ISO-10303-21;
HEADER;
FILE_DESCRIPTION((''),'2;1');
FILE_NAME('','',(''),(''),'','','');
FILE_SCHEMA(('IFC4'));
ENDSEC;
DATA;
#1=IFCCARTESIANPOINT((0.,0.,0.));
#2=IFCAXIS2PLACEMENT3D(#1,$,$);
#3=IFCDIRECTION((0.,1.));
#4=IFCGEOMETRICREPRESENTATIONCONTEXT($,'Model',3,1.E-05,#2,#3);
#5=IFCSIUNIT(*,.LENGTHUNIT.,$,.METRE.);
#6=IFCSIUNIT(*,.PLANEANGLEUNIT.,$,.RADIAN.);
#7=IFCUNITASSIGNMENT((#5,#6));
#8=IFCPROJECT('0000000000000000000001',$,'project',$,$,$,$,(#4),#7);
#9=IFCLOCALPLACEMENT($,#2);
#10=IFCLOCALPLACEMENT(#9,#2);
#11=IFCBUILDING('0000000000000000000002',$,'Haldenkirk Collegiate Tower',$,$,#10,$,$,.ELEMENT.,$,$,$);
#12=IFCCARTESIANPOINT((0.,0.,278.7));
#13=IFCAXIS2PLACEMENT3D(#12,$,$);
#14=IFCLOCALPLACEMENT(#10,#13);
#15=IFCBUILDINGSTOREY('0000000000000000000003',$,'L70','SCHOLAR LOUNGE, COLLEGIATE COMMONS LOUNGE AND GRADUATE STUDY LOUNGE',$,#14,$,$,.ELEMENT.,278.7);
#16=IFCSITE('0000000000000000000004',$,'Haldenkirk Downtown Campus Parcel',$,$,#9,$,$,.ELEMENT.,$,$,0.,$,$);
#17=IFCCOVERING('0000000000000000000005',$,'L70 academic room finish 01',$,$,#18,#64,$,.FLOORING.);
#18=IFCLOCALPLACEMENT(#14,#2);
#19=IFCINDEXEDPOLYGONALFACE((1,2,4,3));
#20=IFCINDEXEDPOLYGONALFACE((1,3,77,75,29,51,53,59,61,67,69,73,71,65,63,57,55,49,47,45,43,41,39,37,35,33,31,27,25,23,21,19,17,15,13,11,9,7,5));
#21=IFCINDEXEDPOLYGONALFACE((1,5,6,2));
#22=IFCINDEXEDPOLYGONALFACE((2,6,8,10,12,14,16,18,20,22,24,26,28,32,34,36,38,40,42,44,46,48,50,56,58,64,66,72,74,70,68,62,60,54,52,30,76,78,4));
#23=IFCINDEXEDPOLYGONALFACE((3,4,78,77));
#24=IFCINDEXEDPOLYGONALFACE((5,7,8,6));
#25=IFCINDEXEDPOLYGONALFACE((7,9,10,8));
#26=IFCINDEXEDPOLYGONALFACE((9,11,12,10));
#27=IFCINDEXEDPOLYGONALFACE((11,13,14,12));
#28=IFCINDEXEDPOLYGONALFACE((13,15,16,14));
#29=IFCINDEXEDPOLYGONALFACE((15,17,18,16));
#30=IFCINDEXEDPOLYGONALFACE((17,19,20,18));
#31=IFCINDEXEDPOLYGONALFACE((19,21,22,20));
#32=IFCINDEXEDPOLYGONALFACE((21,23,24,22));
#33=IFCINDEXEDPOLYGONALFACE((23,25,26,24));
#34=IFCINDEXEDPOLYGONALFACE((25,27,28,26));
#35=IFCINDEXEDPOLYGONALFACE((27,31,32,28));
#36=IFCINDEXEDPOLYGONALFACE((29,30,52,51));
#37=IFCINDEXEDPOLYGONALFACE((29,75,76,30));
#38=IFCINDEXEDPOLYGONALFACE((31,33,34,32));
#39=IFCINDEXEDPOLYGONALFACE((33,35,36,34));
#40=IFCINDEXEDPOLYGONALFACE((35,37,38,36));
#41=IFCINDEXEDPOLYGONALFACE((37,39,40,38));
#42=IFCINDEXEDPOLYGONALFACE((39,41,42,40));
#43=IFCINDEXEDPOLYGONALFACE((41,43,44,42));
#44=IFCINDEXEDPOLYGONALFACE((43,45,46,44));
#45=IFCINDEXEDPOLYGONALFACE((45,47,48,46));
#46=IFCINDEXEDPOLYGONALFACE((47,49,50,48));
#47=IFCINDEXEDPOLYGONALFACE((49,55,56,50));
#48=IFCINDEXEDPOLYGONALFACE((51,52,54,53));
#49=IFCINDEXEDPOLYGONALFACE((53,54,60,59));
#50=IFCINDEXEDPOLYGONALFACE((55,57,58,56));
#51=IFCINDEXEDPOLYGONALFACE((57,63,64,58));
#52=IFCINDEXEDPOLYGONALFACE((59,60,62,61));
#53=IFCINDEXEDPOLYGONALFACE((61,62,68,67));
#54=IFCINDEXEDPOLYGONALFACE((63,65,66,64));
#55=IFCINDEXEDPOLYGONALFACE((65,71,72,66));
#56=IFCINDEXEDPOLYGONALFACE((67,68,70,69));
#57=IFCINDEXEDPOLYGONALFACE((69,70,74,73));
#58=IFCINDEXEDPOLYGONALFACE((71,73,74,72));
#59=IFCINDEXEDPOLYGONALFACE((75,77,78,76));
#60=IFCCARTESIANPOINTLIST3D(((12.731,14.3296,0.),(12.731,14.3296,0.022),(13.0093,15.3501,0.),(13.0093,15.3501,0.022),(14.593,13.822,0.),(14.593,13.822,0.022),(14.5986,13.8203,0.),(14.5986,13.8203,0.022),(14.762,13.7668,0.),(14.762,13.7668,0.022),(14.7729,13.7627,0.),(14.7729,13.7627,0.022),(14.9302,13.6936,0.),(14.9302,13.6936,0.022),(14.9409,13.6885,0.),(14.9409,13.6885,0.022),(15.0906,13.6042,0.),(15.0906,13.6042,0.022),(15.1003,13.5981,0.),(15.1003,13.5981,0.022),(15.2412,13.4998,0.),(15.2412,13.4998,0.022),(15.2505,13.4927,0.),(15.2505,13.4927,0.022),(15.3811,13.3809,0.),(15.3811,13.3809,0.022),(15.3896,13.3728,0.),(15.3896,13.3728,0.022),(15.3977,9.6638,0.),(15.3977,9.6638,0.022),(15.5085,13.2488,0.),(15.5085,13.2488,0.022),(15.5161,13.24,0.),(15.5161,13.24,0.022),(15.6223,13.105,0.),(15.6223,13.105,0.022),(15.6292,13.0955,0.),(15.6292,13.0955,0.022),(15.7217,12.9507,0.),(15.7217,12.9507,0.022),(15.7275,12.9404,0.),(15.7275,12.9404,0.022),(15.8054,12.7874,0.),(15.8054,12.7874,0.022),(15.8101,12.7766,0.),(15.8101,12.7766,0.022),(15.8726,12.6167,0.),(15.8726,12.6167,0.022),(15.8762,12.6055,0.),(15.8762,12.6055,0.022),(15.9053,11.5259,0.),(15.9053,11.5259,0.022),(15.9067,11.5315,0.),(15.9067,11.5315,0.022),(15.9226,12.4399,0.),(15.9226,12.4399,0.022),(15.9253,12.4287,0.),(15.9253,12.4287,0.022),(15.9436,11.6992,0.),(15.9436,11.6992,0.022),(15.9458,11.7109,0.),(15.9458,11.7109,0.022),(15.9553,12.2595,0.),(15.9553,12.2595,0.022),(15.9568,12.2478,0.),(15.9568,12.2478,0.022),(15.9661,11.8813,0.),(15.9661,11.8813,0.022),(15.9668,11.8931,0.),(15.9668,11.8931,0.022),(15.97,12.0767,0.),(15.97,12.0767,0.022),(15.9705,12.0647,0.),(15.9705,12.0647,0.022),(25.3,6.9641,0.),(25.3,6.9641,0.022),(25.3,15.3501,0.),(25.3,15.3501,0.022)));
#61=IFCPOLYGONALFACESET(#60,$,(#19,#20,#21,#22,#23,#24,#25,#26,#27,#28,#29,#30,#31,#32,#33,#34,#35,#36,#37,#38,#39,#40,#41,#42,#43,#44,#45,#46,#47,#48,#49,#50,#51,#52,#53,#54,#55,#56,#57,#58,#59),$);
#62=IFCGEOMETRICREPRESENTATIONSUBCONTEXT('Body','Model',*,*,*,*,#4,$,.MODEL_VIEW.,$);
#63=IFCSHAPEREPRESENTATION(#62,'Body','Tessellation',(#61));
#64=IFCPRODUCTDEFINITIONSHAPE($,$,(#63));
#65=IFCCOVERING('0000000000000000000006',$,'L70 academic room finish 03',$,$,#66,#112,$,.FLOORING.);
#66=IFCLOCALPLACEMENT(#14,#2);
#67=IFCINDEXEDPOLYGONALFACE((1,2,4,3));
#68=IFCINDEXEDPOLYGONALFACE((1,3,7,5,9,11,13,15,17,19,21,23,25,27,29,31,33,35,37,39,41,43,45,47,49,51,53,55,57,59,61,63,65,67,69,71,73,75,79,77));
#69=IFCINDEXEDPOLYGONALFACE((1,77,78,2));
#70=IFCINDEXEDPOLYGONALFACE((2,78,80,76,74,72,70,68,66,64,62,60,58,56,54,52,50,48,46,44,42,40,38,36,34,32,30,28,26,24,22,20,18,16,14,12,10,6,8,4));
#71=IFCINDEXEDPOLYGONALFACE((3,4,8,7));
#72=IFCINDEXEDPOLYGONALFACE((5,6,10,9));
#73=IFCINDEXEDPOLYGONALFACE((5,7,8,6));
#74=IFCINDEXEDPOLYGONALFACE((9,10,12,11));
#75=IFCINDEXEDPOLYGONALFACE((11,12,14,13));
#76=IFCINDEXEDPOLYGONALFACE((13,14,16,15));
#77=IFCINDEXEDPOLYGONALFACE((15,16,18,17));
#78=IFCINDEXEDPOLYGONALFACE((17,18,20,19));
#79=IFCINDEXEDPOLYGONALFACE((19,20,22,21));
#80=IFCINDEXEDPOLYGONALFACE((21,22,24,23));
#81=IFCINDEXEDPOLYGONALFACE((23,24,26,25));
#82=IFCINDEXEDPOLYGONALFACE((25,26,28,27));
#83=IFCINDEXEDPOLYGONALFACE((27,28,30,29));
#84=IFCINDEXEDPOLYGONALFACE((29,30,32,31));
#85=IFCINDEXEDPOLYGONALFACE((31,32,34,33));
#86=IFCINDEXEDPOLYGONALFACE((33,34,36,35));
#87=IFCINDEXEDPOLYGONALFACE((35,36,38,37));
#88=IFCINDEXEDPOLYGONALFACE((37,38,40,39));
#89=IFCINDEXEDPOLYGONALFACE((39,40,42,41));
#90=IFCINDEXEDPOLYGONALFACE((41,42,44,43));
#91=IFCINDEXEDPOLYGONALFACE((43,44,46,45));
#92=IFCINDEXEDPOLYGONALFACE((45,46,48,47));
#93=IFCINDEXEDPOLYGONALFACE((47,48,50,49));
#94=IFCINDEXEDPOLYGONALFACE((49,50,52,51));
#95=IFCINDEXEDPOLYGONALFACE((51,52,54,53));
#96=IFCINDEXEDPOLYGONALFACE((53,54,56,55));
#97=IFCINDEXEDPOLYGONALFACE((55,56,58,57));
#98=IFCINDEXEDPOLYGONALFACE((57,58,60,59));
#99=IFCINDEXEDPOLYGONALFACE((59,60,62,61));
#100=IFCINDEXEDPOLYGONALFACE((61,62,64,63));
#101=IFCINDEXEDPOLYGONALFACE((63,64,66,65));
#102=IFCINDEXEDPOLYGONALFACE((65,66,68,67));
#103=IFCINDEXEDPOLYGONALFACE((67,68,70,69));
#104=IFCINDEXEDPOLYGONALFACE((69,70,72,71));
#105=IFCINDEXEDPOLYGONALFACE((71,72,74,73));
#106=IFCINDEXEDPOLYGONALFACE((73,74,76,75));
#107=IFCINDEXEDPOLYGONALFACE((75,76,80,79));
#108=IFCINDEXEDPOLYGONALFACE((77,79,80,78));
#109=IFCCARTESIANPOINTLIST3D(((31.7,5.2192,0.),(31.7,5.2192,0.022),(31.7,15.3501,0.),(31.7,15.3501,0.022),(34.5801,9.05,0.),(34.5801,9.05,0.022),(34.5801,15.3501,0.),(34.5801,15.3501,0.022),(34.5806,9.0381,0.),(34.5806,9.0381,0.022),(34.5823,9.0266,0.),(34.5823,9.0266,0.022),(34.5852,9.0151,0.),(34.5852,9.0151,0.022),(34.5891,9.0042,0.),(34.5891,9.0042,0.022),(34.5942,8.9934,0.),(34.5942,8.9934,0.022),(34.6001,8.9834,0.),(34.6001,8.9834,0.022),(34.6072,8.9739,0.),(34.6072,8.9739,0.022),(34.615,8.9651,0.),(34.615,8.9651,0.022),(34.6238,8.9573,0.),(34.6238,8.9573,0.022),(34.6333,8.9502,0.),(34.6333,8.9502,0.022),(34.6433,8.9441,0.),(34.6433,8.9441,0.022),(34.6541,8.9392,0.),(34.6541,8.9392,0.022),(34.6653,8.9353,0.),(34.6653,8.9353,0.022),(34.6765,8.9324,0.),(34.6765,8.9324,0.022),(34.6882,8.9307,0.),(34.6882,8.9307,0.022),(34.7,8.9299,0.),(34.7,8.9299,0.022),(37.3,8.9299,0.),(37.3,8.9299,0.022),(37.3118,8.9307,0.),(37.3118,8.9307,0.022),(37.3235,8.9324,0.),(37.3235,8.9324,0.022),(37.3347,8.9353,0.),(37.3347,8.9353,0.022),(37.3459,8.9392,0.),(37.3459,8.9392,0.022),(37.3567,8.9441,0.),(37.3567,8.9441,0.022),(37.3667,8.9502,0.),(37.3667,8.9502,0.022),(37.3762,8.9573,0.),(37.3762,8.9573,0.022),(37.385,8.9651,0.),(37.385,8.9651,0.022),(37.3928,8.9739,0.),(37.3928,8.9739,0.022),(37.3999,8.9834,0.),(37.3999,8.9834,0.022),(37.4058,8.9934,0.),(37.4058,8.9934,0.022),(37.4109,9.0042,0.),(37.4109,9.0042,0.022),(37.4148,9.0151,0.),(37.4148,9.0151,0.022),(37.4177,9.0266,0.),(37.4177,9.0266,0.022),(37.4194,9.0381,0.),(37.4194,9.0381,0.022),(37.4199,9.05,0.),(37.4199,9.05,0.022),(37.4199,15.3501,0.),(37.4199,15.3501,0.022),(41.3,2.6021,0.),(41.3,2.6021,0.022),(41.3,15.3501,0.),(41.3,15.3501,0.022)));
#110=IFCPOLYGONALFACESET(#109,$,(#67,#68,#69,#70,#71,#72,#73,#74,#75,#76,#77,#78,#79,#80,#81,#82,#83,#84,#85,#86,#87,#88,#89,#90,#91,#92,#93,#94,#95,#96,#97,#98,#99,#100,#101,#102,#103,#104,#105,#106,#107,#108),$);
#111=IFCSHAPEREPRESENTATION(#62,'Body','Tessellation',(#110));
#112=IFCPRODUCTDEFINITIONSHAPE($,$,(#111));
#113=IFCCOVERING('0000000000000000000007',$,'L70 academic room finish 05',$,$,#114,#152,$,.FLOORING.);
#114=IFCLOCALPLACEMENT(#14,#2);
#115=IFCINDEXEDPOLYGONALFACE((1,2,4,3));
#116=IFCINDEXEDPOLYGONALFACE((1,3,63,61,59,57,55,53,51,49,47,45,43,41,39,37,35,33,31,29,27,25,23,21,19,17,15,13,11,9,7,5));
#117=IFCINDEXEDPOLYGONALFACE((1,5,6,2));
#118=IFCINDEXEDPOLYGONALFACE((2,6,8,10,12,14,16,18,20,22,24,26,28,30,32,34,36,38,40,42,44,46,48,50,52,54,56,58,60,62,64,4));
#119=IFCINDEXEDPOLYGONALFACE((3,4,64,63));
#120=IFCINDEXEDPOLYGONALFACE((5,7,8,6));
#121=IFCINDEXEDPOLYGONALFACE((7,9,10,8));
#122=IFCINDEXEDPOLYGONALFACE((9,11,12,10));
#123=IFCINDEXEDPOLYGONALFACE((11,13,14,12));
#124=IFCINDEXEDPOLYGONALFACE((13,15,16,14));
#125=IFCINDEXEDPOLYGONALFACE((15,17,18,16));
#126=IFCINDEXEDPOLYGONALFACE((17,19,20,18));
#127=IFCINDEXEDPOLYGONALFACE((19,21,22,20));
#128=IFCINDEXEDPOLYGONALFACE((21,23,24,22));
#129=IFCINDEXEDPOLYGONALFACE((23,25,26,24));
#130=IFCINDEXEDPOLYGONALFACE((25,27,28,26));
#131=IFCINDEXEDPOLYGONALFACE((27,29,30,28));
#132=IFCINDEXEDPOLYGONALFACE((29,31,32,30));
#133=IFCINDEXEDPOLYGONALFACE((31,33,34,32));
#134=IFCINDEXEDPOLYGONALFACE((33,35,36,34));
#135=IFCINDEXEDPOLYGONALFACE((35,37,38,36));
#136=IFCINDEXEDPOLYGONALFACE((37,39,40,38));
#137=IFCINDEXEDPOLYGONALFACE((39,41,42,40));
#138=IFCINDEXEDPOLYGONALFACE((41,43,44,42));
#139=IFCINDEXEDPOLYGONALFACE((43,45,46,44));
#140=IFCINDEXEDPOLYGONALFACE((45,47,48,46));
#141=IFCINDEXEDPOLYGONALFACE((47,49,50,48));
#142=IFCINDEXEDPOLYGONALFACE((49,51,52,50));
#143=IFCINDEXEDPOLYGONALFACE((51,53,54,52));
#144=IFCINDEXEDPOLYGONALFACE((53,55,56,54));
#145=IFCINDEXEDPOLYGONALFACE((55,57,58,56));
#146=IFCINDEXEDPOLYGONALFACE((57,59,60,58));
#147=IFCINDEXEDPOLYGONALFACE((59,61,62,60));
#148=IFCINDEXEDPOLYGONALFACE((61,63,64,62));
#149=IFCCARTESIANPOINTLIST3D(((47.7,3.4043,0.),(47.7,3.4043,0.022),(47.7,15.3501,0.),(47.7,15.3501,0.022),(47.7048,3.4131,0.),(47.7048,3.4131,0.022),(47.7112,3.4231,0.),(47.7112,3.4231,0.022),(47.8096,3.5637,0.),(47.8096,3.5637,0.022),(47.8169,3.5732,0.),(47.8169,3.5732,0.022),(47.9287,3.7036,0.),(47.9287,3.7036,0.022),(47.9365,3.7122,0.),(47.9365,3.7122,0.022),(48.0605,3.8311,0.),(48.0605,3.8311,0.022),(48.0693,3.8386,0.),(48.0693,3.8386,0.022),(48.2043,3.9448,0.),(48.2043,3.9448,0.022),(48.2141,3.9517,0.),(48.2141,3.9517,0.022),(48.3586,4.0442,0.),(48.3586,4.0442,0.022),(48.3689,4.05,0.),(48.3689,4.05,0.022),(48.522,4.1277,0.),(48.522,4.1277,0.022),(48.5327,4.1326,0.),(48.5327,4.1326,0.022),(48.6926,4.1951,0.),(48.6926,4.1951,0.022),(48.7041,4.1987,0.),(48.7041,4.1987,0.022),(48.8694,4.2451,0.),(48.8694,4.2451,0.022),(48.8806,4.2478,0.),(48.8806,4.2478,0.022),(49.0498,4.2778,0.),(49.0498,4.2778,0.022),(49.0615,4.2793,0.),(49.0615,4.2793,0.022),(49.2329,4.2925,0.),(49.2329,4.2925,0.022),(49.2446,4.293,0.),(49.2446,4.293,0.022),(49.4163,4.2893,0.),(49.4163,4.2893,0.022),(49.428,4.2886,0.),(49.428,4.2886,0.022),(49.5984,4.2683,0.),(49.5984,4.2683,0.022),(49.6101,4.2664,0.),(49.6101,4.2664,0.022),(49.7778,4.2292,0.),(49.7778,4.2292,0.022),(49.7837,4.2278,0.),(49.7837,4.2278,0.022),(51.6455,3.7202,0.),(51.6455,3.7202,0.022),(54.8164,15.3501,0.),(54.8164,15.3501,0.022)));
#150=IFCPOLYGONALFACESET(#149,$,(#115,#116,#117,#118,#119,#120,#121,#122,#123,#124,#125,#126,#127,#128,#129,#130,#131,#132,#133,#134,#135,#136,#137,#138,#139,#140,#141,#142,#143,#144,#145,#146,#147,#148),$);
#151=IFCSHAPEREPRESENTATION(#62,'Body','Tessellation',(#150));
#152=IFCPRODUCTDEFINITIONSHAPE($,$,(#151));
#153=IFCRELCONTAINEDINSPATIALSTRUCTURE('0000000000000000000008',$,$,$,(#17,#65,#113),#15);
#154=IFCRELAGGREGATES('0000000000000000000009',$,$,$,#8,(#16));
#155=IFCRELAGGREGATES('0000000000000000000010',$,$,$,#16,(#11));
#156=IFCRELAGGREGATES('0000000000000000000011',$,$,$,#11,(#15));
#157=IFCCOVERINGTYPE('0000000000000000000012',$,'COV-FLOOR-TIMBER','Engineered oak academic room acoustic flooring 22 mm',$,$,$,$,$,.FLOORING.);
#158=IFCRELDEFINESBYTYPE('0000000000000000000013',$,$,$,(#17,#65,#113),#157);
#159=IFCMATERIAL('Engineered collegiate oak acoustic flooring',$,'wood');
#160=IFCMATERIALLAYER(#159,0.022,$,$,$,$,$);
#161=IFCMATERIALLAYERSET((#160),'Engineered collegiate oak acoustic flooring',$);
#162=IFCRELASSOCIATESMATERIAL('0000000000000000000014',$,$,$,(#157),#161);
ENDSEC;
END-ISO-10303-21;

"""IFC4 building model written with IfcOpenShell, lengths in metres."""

from ifc_helpers import new_model, si_unit, direction, frame, origin, place, context, subcontext, project, spatial, polyline, outline, extrude, material, layer, layer_set, type_object, element, save


model = new_model("IFC4")

# Units and contexts
model_context = context("Model", 3, precision=1e-05, world=origin(), true_north=direction((0.0, 1.0)))
body_context = subcontext(model_context, "Body", "Model", "MODEL_VIEW")
ifc_project = project(units=[si_unit("LENGTHUNIT", "METRE"), si_unit("PLANEANGLEUNIT", "RADIAN")], contexts=[model_context])

# Site, building, storey
site_placement = place(None, origin())
site = spatial("IfcSite", under=ifc_project, at=site_placement, Name="Haldenkirk Downtown Campus Parcel", CompositionType="ELEMENT", RefElevation=0.0)
building_placement = place(site_placement, origin())
building = spatial("IfcBuilding", under=site, at=building_placement, Name="Haldenkirk Collegiate Tower", CompositionType="ELEMENT")
storey_placement = place(building_placement, frame((0.0, 0.0, 278.7)))
storey = spatial("IfcBuildingStorey", under=building, at=storey_placement, Name="L70", Description="SCHOLAR LOUNGE, COLLEGIATE COMMONS LOUNGE AND GRADUATE STUDY LOUNGE", CompositionType="ELEMENT", Elevation=278.7)

# Coverings
ifc_material_1 = material(Name="Engineered collegiate oak acoustic flooring", Category="wood")
ifc_layer_1 = layer(ifc_material_1, 0.022)
ifc_layer_set_1 = layer_set([ifc_layer_1], Name="Engineered collegiate oak acoustic flooring")
covering_type_1 = type_object("IfcCoveringType", Name="COV-FLOOR-TIMBER", Description="Engineered oak academic room acoustic flooring 22 mm", PredefinedType="FLOORING", material=ifc_layer_set_1)
covering_1_placement = place(storey_placement, origin())
element("IfcCovering", 1, at=covering_1_placement, inside=storey, type_object=covering_type_1, Name="L70 academic room finish 01", PredefinedType="FLOORING", context=body_context, shape_type="SweptSolid", body=[
    extrude(outline(polyline([(15.3977, 9.6638), (15.9053, 11.5259), (15.9067, 11.5315), (15.9436, 11.6992), (15.9458, 11.7109), (15.9661, 11.8813), (15.9668, 11.8931), (15.9705, 12.0647), (15.97, 12.0767), (15.9568, 12.2478), (15.9553, 12.2595), (15.9253, 12.4287), (15.9226, 12.4399), (15.8762, 12.6055), (15.8726, 12.6167), (15.8101, 12.7766), (15.8054, 12.7874), (15.7275, 12.9404), (15.7217, 12.9507), (15.6292, 13.0955), (15.6223, 13.105), (15.5161, 13.24), (15.5085, 13.2488), (15.3896, 13.3728), (15.3811, 13.3809), (15.2505, 13.4927), (15.2412, 13.4998), (15.1003, 13.5981), (15.0906, 13.6042), (14.9409, 13.6885), (14.9302, 13.6936), (14.7729, 13.7627), (14.762, 13.7668), (14.5986, 13.8203), (14.593, 13.822), (12.731, 14.3296), (13.0093, 15.3501), (25.3, 15.3501), (25.3, 6.9641), (15.3977, 9.6638)])), origin(), (0.0, 0.0, 1.0), 0.022),
])
covering_2_placement = place(storey_placement, origin())
element("IfcCovering", 2, at=covering_2_placement, inside=storey, type_object=covering_type_1, Name="L70 academic room finish 03", PredefinedType="FLOORING", context=body_context, shape_type="SweptSolid", body=[
    extrude(outline(polyline([(31.7, 5.2192), (31.7, 15.3501), (34.5801, 15.3501), (34.5801, 9.05), (34.5806, 9.0381), (34.5823, 9.0266), (34.5852, 9.0151), (34.5891, 9.0042), (34.5942, 8.9934), (34.6001, 8.9834), (34.6072, 8.9739), (34.615, 8.9651), (34.6238, 8.9573), (34.6333, 8.9502), (34.6433, 8.9441), (34.6541, 8.9392), (34.6653, 8.9353), (34.6765, 8.9324), (34.6882, 8.9307), (34.7, 8.9299), (37.3, 8.9299), (37.3118, 8.9307), (37.3235, 8.9324), (37.3347, 8.9353), (37.3459, 8.9392), (37.3567, 8.9441), (37.3667, 8.9502), (37.3762, 8.9573), (37.385, 8.9651), (37.3928, 8.9739), (37.3999, 8.9834), (37.4058, 8.9934), (37.4109, 9.0042), (37.4148, 9.0151), (37.4177, 9.0266), (37.4194, 9.0381), (37.4199, 9.05), (37.4199, 15.3501), (41.3, 15.3501), (41.3, 2.6021), (31.7, 5.2192)])), origin(), (0.0, 0.0, 1.0), 0.022),
])
covering_3_placement = place(storey_placement, origin())
element("IfcCovering", 3, at=covering_3_placement, inside=storey, type_object=covering_type_1, Name="L70 academic room finish 05", PredefinedType="FLOORING", context=body_context, shape_type="SweptSolid", body=[
    extrude(outline(polyline([(47.7, 3.4043), (47.7, 15.3501), (54.8164, 15.3501), (51.6455, 3.7202), (49.7837, 4.2278), (49.7778, 4.2292), (49.6101, 4.2664), (49.5984, 4.2683), (49.428, 4.2886), (49.4163, 4.2893), (49.2446, 4.293), (49.2329, 4.2925), (49.0615, 4.2793), (49.0498, 4.2778), (48.8806, 4.2478), (48.8694, 4.2451), (48.7041, 4.1987), (48.6926, 4.1951), (48.5327, 4.1326), (48.522, 4.1277), (48.3689, 4.05), (48.3586, 4.0442), (48.2141, 3.9517), (48.2043, 3.9448), (48.0693, 3.8386), (48.0605, 3.8311), (47.9365, 3.7122), (47.9287, 3.7036), (47.8169, 3.5732), (47.8096, 3.5637), (47.7112, 3.4231), (47.7048, 3.4131), (47.7, 3.4043)])), origin(), (0.0, 0.0, 1.0), 0.022),
])

save(model, "model.ifc")
